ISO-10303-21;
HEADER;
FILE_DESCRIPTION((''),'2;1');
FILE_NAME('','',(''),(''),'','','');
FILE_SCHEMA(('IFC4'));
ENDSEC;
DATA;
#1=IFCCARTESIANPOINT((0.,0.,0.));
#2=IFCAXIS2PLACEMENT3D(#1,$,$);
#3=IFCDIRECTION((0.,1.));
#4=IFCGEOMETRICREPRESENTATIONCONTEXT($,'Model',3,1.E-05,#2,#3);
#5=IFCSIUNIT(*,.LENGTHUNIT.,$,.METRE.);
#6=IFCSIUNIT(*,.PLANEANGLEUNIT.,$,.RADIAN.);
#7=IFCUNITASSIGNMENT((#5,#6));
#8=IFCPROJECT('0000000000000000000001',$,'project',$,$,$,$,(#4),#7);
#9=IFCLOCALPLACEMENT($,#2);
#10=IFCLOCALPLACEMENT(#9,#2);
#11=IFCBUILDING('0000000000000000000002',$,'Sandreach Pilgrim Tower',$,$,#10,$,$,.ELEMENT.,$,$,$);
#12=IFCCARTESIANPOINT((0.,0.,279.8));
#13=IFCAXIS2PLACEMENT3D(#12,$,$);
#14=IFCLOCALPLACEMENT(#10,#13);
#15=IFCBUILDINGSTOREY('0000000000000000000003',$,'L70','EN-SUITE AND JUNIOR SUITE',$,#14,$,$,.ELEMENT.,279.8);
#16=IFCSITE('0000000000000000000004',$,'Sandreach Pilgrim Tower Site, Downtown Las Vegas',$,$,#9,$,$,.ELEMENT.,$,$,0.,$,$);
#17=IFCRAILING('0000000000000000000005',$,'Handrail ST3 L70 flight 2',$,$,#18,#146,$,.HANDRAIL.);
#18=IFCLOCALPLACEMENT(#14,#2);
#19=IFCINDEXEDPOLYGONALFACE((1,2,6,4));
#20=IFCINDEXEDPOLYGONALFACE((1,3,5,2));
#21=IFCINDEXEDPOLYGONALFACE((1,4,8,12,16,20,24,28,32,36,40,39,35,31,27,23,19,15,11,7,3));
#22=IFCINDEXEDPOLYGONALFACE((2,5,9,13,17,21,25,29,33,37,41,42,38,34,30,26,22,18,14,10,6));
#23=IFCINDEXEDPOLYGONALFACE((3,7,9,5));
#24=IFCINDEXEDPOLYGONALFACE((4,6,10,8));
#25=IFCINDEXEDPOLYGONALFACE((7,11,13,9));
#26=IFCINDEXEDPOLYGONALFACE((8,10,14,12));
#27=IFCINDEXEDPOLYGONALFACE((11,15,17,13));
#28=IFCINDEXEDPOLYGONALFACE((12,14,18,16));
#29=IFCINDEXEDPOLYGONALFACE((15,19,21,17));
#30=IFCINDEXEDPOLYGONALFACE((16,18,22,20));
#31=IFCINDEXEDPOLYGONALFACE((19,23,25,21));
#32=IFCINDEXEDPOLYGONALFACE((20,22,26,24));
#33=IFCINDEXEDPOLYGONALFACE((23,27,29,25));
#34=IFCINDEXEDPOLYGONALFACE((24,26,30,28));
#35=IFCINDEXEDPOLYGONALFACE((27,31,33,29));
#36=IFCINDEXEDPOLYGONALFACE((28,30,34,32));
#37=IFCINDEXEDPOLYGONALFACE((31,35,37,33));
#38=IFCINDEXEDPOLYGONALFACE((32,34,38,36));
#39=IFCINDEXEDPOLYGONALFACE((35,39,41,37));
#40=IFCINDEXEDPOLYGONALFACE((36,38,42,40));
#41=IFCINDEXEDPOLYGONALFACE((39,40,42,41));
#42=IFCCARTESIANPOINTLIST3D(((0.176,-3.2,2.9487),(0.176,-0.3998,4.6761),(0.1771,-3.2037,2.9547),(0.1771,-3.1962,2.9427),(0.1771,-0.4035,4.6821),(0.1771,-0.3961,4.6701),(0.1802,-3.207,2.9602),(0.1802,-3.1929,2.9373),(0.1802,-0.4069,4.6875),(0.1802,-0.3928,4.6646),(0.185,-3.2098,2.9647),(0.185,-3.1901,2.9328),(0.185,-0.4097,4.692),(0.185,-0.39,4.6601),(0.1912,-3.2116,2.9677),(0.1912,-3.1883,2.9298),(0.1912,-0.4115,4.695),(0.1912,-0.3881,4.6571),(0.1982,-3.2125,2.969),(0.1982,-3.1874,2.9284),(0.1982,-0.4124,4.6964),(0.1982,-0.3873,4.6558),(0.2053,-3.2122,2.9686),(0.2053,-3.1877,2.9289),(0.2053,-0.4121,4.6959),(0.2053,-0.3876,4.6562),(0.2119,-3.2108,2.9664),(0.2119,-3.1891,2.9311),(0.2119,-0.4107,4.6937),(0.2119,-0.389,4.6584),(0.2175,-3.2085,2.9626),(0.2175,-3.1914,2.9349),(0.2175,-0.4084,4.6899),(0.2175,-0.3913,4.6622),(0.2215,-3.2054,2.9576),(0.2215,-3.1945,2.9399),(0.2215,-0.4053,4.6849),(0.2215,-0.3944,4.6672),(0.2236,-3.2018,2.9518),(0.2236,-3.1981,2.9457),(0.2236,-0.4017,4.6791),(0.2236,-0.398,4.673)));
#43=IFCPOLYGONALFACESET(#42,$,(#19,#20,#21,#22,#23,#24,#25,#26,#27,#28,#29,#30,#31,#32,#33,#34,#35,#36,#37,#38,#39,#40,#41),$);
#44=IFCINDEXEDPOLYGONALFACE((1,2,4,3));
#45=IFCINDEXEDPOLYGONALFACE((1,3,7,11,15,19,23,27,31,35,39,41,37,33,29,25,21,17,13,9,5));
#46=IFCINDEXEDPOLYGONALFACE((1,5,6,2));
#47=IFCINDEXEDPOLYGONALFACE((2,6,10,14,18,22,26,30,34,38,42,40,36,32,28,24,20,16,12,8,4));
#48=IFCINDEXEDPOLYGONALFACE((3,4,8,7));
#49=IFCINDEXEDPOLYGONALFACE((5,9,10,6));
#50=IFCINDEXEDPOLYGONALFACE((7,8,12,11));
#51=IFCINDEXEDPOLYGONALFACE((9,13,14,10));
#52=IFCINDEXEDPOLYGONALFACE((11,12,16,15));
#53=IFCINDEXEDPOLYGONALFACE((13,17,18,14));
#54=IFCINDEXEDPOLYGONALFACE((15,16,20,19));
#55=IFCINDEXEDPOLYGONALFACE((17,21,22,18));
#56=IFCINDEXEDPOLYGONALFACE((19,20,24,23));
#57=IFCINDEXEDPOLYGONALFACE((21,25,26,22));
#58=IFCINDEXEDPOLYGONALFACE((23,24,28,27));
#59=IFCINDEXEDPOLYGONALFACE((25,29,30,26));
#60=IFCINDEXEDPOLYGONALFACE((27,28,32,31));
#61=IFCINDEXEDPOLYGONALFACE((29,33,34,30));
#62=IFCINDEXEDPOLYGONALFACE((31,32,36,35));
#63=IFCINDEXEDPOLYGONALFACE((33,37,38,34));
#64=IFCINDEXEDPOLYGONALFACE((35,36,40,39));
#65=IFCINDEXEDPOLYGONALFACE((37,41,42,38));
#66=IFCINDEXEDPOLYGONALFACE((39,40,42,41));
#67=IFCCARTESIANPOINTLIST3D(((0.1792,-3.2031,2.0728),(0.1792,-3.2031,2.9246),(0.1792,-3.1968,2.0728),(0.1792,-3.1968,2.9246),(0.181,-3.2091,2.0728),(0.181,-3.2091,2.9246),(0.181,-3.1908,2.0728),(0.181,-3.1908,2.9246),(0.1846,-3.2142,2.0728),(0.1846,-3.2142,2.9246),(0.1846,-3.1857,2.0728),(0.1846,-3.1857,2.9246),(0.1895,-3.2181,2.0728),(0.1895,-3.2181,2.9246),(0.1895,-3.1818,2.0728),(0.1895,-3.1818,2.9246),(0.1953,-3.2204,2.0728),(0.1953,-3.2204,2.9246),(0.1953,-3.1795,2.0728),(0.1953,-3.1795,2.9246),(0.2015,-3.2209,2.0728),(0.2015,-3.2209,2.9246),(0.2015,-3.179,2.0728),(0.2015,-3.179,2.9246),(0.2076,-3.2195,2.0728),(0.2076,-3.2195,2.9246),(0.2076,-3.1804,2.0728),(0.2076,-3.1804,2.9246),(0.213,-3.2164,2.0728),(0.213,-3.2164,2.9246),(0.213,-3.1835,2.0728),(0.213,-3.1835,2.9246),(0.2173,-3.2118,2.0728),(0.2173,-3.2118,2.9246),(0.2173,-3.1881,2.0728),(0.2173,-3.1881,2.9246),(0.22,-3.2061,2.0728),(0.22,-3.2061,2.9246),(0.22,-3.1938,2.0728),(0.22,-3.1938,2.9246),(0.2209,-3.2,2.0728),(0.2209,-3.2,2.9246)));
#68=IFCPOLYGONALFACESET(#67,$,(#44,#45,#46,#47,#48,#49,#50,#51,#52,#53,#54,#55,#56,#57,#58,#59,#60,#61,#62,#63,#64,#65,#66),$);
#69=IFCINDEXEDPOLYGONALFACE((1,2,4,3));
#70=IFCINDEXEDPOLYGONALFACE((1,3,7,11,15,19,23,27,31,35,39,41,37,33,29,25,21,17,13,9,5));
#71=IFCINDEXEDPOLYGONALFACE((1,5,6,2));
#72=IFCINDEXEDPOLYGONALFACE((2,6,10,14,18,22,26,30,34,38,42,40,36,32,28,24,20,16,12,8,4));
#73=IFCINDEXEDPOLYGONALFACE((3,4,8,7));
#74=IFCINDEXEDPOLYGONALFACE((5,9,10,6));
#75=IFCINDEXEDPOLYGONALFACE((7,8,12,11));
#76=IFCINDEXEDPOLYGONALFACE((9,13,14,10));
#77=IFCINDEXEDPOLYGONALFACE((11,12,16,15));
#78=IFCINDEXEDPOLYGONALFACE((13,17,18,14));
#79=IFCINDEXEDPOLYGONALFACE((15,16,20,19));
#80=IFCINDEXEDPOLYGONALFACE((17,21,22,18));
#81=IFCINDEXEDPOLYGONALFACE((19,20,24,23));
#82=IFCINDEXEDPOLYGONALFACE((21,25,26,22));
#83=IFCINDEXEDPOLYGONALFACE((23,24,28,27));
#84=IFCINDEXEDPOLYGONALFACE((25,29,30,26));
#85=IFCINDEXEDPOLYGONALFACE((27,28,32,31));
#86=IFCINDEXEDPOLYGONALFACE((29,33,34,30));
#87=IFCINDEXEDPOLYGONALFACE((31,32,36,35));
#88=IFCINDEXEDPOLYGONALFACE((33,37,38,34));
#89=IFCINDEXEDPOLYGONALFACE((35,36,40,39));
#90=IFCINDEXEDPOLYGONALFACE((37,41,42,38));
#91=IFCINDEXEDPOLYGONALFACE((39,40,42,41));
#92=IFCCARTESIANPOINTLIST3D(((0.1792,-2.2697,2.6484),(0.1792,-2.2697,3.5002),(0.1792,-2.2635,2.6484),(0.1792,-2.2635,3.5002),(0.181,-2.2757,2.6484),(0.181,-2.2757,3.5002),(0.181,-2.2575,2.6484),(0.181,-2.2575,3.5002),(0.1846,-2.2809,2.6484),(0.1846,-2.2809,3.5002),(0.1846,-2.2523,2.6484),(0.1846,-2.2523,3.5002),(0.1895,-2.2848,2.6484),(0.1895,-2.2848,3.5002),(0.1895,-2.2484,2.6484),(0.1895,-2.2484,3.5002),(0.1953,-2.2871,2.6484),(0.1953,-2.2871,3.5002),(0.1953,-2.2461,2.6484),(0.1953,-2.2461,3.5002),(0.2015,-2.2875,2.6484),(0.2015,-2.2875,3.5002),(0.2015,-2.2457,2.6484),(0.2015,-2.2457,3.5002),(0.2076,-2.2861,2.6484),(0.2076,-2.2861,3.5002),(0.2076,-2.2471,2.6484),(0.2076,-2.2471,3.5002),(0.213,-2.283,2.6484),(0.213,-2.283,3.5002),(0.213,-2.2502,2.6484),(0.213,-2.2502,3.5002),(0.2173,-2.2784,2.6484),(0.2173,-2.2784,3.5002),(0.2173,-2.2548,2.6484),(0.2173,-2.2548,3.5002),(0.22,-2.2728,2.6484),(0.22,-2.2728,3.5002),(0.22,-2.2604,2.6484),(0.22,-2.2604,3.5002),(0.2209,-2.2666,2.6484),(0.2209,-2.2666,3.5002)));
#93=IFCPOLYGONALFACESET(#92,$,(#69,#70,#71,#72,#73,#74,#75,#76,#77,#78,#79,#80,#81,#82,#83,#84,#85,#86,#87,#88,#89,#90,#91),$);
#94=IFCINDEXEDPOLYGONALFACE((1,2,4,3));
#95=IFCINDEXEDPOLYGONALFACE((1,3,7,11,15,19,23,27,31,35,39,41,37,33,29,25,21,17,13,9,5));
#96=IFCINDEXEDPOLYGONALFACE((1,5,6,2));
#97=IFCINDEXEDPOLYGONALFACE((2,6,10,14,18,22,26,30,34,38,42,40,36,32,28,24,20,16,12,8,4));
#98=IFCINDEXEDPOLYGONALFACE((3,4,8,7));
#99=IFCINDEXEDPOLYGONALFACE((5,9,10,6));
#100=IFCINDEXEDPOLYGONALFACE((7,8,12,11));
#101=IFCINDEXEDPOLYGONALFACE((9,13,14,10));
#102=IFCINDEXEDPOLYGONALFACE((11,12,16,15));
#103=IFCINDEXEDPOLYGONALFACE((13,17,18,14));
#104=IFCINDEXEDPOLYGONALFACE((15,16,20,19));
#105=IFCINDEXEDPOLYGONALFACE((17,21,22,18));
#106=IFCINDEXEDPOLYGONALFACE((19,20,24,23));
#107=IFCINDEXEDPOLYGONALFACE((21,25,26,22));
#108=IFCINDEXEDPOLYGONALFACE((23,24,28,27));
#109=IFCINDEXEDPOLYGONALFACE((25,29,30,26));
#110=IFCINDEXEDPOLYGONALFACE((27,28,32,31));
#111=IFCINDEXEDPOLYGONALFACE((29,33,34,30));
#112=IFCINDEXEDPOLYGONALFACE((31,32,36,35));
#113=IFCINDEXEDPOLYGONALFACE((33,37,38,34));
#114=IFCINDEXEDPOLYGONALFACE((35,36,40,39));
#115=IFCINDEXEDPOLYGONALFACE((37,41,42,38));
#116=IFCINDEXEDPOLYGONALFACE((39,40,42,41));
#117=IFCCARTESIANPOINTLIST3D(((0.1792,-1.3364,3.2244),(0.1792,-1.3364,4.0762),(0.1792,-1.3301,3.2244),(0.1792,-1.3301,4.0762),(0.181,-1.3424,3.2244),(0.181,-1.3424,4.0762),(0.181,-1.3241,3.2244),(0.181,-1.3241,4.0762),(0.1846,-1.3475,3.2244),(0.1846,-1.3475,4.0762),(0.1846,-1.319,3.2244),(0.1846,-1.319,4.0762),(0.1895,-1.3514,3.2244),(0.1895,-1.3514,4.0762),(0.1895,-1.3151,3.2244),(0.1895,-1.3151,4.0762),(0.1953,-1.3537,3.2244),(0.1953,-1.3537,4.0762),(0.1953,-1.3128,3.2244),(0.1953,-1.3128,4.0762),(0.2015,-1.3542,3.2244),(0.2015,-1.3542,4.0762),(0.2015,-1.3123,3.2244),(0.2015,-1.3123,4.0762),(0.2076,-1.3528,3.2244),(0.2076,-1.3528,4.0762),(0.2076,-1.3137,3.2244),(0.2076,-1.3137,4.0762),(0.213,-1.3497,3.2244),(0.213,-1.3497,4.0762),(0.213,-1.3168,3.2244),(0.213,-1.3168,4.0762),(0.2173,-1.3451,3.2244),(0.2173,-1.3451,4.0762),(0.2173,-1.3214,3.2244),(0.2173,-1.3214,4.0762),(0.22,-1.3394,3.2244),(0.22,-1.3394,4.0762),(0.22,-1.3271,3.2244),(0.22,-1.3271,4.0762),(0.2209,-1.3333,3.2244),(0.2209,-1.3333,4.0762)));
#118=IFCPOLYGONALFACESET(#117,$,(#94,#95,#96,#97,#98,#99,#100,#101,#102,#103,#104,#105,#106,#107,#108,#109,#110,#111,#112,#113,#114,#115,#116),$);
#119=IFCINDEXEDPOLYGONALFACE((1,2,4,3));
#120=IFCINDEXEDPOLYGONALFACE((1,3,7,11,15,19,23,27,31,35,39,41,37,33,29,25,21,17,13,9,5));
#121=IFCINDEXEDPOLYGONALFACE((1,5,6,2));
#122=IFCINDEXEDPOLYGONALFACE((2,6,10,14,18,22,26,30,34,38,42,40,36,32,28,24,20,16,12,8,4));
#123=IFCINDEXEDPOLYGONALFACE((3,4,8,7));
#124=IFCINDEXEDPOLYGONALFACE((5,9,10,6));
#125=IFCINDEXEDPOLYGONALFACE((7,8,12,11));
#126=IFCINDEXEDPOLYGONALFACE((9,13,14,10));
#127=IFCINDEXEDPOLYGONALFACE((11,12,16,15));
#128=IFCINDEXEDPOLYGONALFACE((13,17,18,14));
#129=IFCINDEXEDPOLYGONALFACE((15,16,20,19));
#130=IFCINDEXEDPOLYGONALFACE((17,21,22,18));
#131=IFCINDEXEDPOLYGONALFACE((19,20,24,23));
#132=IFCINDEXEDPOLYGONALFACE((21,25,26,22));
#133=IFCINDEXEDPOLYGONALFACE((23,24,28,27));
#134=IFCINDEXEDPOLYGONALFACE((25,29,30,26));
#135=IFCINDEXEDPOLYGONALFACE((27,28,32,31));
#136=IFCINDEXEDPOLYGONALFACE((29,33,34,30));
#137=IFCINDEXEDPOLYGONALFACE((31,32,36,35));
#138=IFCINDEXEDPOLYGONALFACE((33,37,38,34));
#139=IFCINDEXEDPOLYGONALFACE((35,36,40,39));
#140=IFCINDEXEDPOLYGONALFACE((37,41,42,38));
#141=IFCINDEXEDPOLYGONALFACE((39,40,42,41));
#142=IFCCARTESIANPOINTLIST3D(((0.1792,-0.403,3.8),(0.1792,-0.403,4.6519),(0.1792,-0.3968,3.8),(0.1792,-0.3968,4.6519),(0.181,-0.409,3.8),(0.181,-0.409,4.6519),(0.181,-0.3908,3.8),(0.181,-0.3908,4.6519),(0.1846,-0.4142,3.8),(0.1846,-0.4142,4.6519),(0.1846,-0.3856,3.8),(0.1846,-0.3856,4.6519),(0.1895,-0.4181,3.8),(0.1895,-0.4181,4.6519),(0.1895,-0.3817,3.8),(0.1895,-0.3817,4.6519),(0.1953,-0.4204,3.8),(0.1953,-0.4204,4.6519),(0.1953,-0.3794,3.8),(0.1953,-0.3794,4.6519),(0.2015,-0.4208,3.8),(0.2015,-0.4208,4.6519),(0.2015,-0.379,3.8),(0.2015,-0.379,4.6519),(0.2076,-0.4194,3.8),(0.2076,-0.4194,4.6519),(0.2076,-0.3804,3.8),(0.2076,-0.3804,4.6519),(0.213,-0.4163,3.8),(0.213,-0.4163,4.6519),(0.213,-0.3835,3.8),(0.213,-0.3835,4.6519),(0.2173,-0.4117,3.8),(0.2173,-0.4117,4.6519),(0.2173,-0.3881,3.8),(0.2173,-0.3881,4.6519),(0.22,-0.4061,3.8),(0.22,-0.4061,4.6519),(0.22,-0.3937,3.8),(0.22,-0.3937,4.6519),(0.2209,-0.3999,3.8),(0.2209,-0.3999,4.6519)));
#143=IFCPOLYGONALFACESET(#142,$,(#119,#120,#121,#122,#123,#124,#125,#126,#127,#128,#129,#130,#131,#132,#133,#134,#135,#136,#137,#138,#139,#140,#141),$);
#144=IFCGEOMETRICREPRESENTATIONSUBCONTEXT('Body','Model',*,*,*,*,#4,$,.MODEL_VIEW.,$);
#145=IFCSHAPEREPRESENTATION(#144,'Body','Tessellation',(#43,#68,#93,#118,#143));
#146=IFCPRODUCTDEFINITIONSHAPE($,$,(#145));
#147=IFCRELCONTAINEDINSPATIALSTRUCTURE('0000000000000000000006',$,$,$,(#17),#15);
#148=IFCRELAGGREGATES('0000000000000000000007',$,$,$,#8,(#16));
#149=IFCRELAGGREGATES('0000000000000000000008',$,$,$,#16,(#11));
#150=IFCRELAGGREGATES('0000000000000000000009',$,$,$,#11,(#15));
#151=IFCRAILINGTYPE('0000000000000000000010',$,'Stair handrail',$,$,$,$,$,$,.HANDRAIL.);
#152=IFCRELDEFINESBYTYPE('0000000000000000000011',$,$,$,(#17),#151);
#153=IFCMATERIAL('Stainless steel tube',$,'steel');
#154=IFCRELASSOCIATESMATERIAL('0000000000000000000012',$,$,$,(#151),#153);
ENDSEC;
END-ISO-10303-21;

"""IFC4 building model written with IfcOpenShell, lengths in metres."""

from ifc_helpers import new_model, si_unit, direction, frame, origin, origin_2d, place, context, subcontext, project, spatial, circle, extrude, material, type_object, element, save


model = new_model("IFC4")

# Units and contexts
model_context = context("Model", 3, precision=1e-05, world=origin(), true_north=direction((0.0, 1.0)))
body_context = subcontext(model_context, "Body", "Model", "MODEL_VIEW")
ifc_project = project(units=[si_unit("LENGTHUNIT", "METRE"), si_unit("PLANEANGLEUNIT", "RADIAN")], contexts=[model_context])

# Site, building, storey
site_placement = place(None, origin())
site = spatial("IfcSite", under=ifc_project, at=site_placement, Name="Sandreach Pilgrim Tower Site, Downtown Las Vegas", CompositionType="ELEMENT", RefElevation=0.0)
building_placement = place(site_placement, origin())
building = spatial("IfcBuilding", under=site, at=building_placement, Name="Sandreach Pilgrim Tower", CompositionType="ELEMENT")
storey_placement = place(building_placement, frame((0.0, 0.0, 279.8)))
storey = spatial("IfcBuildingStorey", under=building, at=storey_placement, Name="L70", Description="EN-SUITE AND JUNIOR SUITE", CompositionType="ELEMENT", Elevation=279.8)

# Railing
ifc_material_1 = material(Name="Stainless steel tube", Category="steel")
railing_type = type_object("IfcRailingType", Name="Stair handrail", PredefinedType="HANDRAIL", material=ifc_material_1)
for number, where, name in (
    (1, (0.2, -3.2, 2.0728), "Handrail ST3 L70 flight 2"),
):
    element("IfcRailing", number, at=place(storey_placement, frame(where)), inside=storey, type_object=railing_type, Name=name, PredefinedType="HANDRAIL", context=body_context, shape_type="SweptSolid", body=[
        extrude(circle(Radius=0.0239, at=origin_2d()), frame((0.0, 0.0, 0.876), z_axis=(0.0, 0.85109, 0.52502), x_axis=(-1.0, 0.0, 0.0)), (0.0, 0.0, 1.0), 3.29),
        extrude(circle(Radius=0.021, at=origin_2d()), origin(), (0.0, 0.0, 1.0), 0.8518),
        extrude(circle(Radius=0.021, at=origin_2d()), frame((0.0, 0.9333, 0.5757)), (0.0, 0.0, 1.0), 0.8518),
        extrude(circle(Radius=0.021, at=origin_2d()), frame((0.0, 1.8667, 1.1516)), (0.0, 0.0, 1.0), 0.8518),
        extrude(circle(Radius=0.021, at=origin_2d()), frame((0.0, 2.8, 1.7273)), (0.0, 0.0, 1.0), 0.8518),
    ])

save(model, "model.ifc")
